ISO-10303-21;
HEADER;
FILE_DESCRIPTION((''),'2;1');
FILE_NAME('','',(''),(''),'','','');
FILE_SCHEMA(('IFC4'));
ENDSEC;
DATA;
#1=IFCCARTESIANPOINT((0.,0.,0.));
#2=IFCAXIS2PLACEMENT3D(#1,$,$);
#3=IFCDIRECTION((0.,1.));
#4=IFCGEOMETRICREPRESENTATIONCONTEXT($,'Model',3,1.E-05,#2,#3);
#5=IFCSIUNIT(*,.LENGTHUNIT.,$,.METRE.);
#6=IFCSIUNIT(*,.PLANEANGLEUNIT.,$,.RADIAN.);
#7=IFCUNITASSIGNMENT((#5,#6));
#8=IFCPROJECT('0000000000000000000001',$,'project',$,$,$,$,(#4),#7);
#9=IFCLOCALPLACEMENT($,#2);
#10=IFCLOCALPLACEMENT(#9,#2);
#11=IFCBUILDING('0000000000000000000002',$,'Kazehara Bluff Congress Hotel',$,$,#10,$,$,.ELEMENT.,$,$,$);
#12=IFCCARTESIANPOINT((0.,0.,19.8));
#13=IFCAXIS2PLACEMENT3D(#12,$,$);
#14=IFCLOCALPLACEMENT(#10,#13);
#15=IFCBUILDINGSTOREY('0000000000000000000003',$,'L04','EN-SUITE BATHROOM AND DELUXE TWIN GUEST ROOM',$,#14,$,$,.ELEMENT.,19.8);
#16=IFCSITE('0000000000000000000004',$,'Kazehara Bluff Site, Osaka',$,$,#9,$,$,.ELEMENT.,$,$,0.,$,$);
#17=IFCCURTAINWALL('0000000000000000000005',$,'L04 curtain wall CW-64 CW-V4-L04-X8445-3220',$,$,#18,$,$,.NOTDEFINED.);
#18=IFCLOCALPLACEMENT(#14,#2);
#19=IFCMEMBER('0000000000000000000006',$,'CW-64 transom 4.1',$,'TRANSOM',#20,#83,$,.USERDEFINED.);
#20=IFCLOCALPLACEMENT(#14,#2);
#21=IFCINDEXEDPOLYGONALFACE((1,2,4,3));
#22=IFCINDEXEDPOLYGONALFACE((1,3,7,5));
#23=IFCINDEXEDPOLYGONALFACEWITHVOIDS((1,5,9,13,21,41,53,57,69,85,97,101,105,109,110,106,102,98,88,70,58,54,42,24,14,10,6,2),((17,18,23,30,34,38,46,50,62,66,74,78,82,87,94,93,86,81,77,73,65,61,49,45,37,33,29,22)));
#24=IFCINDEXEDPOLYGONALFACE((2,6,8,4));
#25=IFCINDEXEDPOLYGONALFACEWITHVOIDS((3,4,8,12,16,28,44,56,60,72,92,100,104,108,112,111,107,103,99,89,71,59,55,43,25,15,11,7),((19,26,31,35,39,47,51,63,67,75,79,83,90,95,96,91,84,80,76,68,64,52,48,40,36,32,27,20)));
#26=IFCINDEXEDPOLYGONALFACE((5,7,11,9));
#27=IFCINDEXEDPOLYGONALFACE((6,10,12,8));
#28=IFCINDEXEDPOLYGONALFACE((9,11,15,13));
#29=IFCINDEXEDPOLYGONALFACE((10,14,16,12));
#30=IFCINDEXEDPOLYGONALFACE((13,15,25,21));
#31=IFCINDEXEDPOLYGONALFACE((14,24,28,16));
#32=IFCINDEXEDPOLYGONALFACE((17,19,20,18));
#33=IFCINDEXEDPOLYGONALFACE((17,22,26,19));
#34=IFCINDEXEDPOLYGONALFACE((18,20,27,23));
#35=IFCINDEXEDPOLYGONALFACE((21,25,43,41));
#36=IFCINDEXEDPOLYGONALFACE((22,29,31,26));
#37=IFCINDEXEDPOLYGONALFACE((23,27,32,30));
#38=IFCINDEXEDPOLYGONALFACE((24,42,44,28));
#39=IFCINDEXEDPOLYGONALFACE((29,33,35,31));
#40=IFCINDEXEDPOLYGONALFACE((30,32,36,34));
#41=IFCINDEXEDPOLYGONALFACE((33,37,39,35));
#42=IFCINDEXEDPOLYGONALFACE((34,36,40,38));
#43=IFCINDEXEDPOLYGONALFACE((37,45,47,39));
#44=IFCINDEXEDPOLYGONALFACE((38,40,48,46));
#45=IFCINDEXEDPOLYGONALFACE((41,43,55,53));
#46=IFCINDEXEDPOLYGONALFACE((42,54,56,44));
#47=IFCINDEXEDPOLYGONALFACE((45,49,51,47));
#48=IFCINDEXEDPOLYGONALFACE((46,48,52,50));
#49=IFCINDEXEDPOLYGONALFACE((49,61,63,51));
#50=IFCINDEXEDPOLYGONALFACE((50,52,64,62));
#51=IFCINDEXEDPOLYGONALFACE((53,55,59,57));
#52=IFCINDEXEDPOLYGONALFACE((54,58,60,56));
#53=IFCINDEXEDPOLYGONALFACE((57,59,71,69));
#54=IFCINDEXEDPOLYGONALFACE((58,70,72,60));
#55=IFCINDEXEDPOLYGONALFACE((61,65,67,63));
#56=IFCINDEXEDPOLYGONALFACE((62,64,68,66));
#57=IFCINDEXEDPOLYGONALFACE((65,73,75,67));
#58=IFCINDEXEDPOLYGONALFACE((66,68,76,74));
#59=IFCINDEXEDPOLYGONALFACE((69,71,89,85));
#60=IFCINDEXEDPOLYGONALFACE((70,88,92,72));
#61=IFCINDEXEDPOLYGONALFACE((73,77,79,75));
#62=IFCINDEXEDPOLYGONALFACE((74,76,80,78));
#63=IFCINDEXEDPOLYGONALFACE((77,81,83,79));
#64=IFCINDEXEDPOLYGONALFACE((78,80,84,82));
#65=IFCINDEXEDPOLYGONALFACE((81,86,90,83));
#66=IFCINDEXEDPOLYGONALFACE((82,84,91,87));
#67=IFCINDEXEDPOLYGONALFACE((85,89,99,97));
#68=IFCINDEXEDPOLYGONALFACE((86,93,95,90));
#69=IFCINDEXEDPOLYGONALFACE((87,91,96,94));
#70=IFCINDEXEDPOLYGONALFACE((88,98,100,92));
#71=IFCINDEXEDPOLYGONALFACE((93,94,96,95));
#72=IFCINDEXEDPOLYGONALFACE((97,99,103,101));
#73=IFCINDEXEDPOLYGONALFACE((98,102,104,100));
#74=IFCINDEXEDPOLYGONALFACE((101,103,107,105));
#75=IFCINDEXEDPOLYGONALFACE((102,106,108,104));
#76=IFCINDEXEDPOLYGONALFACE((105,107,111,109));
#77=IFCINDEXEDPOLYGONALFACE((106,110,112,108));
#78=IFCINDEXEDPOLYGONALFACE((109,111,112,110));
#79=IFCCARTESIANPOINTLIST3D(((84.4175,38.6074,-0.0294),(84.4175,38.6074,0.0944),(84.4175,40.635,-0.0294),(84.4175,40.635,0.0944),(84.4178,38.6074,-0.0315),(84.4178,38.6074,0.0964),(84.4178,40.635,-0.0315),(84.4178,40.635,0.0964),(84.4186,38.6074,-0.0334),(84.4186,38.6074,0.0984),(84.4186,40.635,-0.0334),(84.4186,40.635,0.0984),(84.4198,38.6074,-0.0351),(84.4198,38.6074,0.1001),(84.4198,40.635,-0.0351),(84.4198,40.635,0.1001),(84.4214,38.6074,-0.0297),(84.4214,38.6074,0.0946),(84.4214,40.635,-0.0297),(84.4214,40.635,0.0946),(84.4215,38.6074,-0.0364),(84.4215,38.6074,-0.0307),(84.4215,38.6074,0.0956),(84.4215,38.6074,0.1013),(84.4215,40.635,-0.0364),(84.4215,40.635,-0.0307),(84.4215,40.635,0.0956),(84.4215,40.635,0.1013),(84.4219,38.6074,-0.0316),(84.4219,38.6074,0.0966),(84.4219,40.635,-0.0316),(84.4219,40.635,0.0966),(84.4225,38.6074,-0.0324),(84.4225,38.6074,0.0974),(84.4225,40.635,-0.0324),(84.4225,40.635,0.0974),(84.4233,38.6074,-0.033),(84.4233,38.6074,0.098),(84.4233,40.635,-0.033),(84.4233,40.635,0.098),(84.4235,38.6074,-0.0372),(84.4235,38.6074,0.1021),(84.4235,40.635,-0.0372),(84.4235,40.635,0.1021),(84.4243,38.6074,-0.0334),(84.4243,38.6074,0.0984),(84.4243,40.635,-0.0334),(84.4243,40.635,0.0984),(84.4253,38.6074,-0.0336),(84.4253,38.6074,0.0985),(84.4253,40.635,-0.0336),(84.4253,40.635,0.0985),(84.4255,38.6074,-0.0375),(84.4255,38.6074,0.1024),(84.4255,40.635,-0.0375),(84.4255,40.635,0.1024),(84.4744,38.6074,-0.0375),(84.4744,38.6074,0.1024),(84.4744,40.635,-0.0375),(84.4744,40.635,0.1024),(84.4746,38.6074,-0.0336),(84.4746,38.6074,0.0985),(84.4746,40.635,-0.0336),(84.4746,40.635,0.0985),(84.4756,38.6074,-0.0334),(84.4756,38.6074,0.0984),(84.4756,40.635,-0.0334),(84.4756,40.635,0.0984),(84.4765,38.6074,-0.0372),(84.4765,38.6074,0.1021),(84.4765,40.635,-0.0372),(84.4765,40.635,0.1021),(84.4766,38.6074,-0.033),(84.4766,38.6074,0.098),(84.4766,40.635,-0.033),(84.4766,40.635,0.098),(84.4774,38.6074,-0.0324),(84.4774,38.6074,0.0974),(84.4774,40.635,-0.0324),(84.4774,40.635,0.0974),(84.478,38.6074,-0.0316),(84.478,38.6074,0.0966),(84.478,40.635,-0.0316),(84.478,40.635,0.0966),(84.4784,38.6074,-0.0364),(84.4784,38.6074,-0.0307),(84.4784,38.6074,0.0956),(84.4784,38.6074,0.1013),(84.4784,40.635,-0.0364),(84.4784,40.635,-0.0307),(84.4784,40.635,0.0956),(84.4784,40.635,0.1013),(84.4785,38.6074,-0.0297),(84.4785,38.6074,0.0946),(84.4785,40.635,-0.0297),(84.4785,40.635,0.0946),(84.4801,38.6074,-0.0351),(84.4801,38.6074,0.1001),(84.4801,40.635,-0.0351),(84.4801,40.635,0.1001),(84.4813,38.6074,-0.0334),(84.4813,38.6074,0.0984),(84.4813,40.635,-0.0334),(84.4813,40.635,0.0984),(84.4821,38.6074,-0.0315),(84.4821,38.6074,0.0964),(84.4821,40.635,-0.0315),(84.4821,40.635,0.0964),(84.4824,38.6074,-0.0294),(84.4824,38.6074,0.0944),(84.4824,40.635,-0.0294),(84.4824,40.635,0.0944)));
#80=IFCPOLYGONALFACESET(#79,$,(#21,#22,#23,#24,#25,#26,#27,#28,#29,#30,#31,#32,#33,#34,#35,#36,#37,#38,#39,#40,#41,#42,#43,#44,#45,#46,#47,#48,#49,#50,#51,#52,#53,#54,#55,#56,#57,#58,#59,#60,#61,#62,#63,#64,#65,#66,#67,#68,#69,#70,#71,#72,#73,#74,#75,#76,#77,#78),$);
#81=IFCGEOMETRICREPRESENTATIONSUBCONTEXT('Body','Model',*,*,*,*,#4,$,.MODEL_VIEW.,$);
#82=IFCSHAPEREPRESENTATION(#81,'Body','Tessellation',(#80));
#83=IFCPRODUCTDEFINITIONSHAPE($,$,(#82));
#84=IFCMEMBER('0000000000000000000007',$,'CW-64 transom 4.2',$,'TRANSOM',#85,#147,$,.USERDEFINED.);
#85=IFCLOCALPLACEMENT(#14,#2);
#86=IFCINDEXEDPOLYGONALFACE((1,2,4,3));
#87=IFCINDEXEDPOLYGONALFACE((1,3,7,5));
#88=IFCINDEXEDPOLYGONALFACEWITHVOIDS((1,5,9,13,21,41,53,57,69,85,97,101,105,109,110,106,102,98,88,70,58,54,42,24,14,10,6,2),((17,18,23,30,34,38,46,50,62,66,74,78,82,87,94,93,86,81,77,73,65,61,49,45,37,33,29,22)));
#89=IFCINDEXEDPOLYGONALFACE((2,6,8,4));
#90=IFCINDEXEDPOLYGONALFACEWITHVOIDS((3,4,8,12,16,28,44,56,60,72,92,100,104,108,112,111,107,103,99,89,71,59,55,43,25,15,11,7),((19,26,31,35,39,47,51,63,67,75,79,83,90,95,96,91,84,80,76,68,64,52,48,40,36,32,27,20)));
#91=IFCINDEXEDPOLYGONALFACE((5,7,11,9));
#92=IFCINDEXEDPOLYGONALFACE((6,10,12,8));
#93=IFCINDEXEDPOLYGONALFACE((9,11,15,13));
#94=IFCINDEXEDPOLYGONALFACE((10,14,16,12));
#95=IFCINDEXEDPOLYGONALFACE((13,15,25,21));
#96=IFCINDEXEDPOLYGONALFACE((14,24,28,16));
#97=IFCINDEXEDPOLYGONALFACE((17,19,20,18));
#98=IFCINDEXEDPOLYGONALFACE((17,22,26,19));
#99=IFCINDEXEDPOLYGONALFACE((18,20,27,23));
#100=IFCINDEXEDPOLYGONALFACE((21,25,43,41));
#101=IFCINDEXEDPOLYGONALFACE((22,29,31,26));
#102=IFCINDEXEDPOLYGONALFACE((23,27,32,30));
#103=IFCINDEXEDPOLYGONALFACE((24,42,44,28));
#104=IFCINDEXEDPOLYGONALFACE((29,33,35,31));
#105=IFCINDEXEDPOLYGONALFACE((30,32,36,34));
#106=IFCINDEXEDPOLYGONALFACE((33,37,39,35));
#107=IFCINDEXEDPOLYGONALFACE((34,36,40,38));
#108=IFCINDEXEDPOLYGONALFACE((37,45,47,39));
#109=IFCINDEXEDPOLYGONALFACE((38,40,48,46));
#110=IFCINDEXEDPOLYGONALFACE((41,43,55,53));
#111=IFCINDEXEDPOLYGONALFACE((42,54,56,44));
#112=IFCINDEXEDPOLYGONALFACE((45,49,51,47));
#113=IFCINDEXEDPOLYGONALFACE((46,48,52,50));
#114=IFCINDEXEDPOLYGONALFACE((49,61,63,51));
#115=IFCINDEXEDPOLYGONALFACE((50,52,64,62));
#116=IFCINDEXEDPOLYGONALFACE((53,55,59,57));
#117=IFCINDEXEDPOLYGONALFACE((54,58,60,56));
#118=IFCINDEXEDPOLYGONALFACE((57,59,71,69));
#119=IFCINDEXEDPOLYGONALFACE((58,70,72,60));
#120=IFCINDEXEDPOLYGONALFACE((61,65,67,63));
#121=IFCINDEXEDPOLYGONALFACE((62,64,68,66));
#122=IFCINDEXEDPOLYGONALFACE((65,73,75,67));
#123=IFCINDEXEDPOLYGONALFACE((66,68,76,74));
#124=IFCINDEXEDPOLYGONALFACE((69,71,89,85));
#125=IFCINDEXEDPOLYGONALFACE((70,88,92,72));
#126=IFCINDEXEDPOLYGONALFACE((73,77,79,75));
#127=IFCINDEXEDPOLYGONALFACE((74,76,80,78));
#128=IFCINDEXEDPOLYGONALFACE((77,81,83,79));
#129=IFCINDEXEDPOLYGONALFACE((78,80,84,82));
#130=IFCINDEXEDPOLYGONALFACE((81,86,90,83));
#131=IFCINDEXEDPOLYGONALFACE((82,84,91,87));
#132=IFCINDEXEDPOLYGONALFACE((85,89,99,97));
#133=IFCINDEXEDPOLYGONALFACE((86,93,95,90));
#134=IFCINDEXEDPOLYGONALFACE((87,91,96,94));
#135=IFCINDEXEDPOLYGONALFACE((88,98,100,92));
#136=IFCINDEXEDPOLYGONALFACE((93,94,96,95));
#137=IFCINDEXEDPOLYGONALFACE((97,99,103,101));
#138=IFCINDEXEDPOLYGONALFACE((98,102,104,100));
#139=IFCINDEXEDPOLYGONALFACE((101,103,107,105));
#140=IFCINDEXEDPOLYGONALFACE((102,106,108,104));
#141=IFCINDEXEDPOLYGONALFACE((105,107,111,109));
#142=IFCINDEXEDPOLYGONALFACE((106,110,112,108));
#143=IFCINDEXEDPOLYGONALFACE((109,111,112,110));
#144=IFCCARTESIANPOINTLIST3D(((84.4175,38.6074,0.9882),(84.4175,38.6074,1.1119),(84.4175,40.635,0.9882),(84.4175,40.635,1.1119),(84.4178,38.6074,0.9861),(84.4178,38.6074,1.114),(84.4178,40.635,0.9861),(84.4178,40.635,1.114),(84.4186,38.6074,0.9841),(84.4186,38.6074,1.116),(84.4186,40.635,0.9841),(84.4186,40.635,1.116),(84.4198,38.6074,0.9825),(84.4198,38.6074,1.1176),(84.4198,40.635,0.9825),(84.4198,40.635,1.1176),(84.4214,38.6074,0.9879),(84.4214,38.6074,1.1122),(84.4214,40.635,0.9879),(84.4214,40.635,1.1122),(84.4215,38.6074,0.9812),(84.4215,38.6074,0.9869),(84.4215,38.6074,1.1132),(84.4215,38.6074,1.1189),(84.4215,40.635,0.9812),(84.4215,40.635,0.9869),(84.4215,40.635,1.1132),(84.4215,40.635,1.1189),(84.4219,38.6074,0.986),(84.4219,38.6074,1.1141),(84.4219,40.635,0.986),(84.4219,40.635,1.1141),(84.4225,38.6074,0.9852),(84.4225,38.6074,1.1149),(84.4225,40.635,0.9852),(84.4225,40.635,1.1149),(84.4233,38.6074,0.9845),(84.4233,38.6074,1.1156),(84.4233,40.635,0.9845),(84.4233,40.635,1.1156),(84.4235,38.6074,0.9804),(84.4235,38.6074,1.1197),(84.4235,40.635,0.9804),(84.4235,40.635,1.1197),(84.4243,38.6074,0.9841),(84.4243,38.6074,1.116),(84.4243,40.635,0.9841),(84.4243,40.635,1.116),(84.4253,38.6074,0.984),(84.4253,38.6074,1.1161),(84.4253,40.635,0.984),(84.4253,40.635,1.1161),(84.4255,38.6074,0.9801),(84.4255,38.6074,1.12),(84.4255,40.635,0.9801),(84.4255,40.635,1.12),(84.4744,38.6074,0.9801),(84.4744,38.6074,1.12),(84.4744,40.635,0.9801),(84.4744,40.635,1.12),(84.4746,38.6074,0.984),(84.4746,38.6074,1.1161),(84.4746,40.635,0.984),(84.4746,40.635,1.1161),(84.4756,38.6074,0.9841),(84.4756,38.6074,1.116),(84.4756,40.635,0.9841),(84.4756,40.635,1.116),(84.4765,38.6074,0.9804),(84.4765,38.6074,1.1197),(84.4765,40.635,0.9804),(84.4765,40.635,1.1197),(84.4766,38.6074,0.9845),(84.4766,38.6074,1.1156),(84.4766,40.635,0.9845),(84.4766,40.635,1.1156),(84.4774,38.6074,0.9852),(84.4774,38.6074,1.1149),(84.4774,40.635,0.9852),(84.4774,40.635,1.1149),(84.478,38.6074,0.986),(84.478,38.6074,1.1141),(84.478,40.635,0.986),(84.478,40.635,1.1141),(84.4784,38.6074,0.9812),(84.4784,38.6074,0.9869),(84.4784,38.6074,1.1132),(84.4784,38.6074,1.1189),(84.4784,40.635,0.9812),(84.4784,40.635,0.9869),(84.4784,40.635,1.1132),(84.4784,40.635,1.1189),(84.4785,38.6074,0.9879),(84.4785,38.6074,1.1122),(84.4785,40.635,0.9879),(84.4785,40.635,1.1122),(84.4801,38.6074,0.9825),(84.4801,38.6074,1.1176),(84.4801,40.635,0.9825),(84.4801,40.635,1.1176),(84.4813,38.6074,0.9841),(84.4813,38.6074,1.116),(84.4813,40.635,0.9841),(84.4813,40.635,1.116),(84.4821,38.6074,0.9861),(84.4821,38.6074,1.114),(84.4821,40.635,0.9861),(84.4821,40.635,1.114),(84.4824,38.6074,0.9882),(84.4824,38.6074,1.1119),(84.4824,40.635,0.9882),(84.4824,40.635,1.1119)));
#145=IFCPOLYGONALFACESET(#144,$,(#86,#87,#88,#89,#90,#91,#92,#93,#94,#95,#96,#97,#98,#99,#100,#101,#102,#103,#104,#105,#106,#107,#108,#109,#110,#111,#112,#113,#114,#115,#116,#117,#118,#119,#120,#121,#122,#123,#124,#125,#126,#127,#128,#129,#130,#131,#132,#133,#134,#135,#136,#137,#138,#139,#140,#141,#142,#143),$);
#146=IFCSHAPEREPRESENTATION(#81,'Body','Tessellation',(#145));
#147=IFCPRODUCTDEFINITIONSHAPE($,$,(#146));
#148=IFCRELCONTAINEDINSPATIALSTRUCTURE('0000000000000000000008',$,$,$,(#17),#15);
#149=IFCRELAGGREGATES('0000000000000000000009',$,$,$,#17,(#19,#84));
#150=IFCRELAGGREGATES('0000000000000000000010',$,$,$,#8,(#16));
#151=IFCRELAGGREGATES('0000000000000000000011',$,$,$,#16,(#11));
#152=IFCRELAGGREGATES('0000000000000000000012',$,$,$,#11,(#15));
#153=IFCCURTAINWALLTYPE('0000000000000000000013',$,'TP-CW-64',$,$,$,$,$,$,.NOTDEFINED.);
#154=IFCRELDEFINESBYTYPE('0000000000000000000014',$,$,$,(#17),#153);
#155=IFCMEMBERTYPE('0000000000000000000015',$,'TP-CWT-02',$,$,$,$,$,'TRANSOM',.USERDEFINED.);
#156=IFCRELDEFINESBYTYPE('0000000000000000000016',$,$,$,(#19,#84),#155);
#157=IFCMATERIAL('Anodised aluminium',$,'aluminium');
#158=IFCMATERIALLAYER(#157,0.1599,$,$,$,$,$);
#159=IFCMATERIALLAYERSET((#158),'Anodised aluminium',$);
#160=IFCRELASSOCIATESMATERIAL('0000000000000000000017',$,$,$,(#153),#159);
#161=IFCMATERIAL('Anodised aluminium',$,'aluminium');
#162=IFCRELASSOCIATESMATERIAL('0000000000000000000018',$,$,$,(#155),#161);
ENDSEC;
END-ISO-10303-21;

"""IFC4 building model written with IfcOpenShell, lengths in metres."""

from ifc_helpers import new_model, si_unit, direction, frame, origin, origin_2d, place, context, subcontext, project, spatial, hollow_rectangle, extrude, material, layer, layer_set, material_profile, profile_set, type_object, element, aggregate, save


model = new_model("IFC4")

# Units and contexts
model_context = context("Model", 3, precision=1e-05, world=origin(), true_north=direction((0.0, 1.0)))
body_context = subcontext(model_context, "Body", "Model", "MODEL_VIEW")
ifc_project = project(units=[si_unit("LENGTHUNIT", "METRE"), si_unit("PLANEANGLEUNIT", "RADIAN")], contexts=[model_context])

# Site, building, storey
site_placement = place(None, origin())
site = spatial("IfcSite", under=ifc_project, at=site_placement, Name="Kazehara Bluff Site, Osaka", CompositionType="ELEMENT", RefElevation=0.0)
building_placement = place(site_placement, origin())
building = spatial("IfcBuilding", under=site, at=building_placement, Name="Kazehara Bluff Congress Hotel", CompositionType="ELEMENT")
storey_placement = place(building_placement, frame((0.0, 0.0, 19.8)))
storey = spatial("IfcBuildingStorey", under=building, at=storey_placement, Name="L04", Description="EN-SUITE BATHROOM AND DELUXE TWIN GUEST ROOM", CompositionType="ELEMENT", Elevation=19.8)

# Curtain wall, members
ifc_material_1 = material(Name="Anodised aluminium", Category="aluminium")
ifc_layer_1 = layer(ifc_material_1, 0.1599)
ifc_layer_set_1 = layer_set([ifc_layer_1], Name="Anodised aluminium")
curtain_wall_type_1 = type_object("IfcCurtainWallType", Name="TP-CW-64", PredefinedType="NOTDEFINED", material=ifc_layer_set_1)
curtain_wall_1_placement = place(storey_placement, origin())
curtain_wall_1 = element("IfcCurtainWall", 1, at=curtain_wall_1_placement, inside=storey, type_object=curtain_wall_type_1, Name="L04 curtain wall CW-64 CW-V4-L04-X8445-3220", PredefinedType="NOTDEFINED")
ifc_material_2 = material(Name="Anodised aluminium", Category="aluminium")
ifc_material_profile_1 = material_profile(ifc_material_2, hollow_rectangle(XDim=0.0649, YDim=0.1399, WallThickness=0.0039, InnerFilletRadius=0.0039, OuterFilletRadius=0.0081, at=origin_2d()))
ifc_profile_set_1 = profile_set([ifc_material_profile_1], Name="Anodised aluminium")
member_type_1 = type_object("IfcMemberType", Name="TP-CWT-02", ElementType="TRANSOM", PredefinedType="USERDEFINED", material=ifc_profile_set_1)
member_1_placement = place(storey_placement, frame((84.45, 38.6074, 0.0325), z_axis=(0.0, 1.0, 0.0), x_axis=(-1.0, 0.0, 0.0)))
member_1 = element("IfcMember", 2, at=member_1_placement, type_object=member_type_1, Name="CW-64 transom 4.1", ObjectType="TRANSOM", PredefinedType="USERDEFINED", context=body_context, shape_type="SweptSolid", body=[
    extrude(hollow_rectangle(XDim=0.0649, YDim=0.1399, WallThickness=0.0039, InnerFilletRadius=0.0039, OuterFilletRadius=0.0081, at=origin_2d()), origin(), (0.0, 0.0, 1.0), 2.0276),
])
member_2_placement = place(storey_placement, frame((84.45, 38.6074, 1.05), z_axis=(0.0, 1.0, 0.0), x_axis=(-1.0, 0.0, 0.0)))
member_2 = element("IfcMember", 3, at=member_2_placement, type_object=member_type_1, Name="CW-64 transom 4.2", ObjectType="TRANSOM", PredefinedType="USERDEFINED", context=body_context, shape_type="SweptSolid", body=[
    extrude(hollow_rectangle(XDim=0.0649, YDim=0.1399, WallThickness=0.0039, InnerFilletRadius=0.0039, OuterFilletRadius=0.0081, at=origin_2d()), origin(), (0.0, 0.0, 1.0), 2.0276),
])

aggregate(curtain_wall_1, [member_1, member_2])

save(model, "model.ifc")
